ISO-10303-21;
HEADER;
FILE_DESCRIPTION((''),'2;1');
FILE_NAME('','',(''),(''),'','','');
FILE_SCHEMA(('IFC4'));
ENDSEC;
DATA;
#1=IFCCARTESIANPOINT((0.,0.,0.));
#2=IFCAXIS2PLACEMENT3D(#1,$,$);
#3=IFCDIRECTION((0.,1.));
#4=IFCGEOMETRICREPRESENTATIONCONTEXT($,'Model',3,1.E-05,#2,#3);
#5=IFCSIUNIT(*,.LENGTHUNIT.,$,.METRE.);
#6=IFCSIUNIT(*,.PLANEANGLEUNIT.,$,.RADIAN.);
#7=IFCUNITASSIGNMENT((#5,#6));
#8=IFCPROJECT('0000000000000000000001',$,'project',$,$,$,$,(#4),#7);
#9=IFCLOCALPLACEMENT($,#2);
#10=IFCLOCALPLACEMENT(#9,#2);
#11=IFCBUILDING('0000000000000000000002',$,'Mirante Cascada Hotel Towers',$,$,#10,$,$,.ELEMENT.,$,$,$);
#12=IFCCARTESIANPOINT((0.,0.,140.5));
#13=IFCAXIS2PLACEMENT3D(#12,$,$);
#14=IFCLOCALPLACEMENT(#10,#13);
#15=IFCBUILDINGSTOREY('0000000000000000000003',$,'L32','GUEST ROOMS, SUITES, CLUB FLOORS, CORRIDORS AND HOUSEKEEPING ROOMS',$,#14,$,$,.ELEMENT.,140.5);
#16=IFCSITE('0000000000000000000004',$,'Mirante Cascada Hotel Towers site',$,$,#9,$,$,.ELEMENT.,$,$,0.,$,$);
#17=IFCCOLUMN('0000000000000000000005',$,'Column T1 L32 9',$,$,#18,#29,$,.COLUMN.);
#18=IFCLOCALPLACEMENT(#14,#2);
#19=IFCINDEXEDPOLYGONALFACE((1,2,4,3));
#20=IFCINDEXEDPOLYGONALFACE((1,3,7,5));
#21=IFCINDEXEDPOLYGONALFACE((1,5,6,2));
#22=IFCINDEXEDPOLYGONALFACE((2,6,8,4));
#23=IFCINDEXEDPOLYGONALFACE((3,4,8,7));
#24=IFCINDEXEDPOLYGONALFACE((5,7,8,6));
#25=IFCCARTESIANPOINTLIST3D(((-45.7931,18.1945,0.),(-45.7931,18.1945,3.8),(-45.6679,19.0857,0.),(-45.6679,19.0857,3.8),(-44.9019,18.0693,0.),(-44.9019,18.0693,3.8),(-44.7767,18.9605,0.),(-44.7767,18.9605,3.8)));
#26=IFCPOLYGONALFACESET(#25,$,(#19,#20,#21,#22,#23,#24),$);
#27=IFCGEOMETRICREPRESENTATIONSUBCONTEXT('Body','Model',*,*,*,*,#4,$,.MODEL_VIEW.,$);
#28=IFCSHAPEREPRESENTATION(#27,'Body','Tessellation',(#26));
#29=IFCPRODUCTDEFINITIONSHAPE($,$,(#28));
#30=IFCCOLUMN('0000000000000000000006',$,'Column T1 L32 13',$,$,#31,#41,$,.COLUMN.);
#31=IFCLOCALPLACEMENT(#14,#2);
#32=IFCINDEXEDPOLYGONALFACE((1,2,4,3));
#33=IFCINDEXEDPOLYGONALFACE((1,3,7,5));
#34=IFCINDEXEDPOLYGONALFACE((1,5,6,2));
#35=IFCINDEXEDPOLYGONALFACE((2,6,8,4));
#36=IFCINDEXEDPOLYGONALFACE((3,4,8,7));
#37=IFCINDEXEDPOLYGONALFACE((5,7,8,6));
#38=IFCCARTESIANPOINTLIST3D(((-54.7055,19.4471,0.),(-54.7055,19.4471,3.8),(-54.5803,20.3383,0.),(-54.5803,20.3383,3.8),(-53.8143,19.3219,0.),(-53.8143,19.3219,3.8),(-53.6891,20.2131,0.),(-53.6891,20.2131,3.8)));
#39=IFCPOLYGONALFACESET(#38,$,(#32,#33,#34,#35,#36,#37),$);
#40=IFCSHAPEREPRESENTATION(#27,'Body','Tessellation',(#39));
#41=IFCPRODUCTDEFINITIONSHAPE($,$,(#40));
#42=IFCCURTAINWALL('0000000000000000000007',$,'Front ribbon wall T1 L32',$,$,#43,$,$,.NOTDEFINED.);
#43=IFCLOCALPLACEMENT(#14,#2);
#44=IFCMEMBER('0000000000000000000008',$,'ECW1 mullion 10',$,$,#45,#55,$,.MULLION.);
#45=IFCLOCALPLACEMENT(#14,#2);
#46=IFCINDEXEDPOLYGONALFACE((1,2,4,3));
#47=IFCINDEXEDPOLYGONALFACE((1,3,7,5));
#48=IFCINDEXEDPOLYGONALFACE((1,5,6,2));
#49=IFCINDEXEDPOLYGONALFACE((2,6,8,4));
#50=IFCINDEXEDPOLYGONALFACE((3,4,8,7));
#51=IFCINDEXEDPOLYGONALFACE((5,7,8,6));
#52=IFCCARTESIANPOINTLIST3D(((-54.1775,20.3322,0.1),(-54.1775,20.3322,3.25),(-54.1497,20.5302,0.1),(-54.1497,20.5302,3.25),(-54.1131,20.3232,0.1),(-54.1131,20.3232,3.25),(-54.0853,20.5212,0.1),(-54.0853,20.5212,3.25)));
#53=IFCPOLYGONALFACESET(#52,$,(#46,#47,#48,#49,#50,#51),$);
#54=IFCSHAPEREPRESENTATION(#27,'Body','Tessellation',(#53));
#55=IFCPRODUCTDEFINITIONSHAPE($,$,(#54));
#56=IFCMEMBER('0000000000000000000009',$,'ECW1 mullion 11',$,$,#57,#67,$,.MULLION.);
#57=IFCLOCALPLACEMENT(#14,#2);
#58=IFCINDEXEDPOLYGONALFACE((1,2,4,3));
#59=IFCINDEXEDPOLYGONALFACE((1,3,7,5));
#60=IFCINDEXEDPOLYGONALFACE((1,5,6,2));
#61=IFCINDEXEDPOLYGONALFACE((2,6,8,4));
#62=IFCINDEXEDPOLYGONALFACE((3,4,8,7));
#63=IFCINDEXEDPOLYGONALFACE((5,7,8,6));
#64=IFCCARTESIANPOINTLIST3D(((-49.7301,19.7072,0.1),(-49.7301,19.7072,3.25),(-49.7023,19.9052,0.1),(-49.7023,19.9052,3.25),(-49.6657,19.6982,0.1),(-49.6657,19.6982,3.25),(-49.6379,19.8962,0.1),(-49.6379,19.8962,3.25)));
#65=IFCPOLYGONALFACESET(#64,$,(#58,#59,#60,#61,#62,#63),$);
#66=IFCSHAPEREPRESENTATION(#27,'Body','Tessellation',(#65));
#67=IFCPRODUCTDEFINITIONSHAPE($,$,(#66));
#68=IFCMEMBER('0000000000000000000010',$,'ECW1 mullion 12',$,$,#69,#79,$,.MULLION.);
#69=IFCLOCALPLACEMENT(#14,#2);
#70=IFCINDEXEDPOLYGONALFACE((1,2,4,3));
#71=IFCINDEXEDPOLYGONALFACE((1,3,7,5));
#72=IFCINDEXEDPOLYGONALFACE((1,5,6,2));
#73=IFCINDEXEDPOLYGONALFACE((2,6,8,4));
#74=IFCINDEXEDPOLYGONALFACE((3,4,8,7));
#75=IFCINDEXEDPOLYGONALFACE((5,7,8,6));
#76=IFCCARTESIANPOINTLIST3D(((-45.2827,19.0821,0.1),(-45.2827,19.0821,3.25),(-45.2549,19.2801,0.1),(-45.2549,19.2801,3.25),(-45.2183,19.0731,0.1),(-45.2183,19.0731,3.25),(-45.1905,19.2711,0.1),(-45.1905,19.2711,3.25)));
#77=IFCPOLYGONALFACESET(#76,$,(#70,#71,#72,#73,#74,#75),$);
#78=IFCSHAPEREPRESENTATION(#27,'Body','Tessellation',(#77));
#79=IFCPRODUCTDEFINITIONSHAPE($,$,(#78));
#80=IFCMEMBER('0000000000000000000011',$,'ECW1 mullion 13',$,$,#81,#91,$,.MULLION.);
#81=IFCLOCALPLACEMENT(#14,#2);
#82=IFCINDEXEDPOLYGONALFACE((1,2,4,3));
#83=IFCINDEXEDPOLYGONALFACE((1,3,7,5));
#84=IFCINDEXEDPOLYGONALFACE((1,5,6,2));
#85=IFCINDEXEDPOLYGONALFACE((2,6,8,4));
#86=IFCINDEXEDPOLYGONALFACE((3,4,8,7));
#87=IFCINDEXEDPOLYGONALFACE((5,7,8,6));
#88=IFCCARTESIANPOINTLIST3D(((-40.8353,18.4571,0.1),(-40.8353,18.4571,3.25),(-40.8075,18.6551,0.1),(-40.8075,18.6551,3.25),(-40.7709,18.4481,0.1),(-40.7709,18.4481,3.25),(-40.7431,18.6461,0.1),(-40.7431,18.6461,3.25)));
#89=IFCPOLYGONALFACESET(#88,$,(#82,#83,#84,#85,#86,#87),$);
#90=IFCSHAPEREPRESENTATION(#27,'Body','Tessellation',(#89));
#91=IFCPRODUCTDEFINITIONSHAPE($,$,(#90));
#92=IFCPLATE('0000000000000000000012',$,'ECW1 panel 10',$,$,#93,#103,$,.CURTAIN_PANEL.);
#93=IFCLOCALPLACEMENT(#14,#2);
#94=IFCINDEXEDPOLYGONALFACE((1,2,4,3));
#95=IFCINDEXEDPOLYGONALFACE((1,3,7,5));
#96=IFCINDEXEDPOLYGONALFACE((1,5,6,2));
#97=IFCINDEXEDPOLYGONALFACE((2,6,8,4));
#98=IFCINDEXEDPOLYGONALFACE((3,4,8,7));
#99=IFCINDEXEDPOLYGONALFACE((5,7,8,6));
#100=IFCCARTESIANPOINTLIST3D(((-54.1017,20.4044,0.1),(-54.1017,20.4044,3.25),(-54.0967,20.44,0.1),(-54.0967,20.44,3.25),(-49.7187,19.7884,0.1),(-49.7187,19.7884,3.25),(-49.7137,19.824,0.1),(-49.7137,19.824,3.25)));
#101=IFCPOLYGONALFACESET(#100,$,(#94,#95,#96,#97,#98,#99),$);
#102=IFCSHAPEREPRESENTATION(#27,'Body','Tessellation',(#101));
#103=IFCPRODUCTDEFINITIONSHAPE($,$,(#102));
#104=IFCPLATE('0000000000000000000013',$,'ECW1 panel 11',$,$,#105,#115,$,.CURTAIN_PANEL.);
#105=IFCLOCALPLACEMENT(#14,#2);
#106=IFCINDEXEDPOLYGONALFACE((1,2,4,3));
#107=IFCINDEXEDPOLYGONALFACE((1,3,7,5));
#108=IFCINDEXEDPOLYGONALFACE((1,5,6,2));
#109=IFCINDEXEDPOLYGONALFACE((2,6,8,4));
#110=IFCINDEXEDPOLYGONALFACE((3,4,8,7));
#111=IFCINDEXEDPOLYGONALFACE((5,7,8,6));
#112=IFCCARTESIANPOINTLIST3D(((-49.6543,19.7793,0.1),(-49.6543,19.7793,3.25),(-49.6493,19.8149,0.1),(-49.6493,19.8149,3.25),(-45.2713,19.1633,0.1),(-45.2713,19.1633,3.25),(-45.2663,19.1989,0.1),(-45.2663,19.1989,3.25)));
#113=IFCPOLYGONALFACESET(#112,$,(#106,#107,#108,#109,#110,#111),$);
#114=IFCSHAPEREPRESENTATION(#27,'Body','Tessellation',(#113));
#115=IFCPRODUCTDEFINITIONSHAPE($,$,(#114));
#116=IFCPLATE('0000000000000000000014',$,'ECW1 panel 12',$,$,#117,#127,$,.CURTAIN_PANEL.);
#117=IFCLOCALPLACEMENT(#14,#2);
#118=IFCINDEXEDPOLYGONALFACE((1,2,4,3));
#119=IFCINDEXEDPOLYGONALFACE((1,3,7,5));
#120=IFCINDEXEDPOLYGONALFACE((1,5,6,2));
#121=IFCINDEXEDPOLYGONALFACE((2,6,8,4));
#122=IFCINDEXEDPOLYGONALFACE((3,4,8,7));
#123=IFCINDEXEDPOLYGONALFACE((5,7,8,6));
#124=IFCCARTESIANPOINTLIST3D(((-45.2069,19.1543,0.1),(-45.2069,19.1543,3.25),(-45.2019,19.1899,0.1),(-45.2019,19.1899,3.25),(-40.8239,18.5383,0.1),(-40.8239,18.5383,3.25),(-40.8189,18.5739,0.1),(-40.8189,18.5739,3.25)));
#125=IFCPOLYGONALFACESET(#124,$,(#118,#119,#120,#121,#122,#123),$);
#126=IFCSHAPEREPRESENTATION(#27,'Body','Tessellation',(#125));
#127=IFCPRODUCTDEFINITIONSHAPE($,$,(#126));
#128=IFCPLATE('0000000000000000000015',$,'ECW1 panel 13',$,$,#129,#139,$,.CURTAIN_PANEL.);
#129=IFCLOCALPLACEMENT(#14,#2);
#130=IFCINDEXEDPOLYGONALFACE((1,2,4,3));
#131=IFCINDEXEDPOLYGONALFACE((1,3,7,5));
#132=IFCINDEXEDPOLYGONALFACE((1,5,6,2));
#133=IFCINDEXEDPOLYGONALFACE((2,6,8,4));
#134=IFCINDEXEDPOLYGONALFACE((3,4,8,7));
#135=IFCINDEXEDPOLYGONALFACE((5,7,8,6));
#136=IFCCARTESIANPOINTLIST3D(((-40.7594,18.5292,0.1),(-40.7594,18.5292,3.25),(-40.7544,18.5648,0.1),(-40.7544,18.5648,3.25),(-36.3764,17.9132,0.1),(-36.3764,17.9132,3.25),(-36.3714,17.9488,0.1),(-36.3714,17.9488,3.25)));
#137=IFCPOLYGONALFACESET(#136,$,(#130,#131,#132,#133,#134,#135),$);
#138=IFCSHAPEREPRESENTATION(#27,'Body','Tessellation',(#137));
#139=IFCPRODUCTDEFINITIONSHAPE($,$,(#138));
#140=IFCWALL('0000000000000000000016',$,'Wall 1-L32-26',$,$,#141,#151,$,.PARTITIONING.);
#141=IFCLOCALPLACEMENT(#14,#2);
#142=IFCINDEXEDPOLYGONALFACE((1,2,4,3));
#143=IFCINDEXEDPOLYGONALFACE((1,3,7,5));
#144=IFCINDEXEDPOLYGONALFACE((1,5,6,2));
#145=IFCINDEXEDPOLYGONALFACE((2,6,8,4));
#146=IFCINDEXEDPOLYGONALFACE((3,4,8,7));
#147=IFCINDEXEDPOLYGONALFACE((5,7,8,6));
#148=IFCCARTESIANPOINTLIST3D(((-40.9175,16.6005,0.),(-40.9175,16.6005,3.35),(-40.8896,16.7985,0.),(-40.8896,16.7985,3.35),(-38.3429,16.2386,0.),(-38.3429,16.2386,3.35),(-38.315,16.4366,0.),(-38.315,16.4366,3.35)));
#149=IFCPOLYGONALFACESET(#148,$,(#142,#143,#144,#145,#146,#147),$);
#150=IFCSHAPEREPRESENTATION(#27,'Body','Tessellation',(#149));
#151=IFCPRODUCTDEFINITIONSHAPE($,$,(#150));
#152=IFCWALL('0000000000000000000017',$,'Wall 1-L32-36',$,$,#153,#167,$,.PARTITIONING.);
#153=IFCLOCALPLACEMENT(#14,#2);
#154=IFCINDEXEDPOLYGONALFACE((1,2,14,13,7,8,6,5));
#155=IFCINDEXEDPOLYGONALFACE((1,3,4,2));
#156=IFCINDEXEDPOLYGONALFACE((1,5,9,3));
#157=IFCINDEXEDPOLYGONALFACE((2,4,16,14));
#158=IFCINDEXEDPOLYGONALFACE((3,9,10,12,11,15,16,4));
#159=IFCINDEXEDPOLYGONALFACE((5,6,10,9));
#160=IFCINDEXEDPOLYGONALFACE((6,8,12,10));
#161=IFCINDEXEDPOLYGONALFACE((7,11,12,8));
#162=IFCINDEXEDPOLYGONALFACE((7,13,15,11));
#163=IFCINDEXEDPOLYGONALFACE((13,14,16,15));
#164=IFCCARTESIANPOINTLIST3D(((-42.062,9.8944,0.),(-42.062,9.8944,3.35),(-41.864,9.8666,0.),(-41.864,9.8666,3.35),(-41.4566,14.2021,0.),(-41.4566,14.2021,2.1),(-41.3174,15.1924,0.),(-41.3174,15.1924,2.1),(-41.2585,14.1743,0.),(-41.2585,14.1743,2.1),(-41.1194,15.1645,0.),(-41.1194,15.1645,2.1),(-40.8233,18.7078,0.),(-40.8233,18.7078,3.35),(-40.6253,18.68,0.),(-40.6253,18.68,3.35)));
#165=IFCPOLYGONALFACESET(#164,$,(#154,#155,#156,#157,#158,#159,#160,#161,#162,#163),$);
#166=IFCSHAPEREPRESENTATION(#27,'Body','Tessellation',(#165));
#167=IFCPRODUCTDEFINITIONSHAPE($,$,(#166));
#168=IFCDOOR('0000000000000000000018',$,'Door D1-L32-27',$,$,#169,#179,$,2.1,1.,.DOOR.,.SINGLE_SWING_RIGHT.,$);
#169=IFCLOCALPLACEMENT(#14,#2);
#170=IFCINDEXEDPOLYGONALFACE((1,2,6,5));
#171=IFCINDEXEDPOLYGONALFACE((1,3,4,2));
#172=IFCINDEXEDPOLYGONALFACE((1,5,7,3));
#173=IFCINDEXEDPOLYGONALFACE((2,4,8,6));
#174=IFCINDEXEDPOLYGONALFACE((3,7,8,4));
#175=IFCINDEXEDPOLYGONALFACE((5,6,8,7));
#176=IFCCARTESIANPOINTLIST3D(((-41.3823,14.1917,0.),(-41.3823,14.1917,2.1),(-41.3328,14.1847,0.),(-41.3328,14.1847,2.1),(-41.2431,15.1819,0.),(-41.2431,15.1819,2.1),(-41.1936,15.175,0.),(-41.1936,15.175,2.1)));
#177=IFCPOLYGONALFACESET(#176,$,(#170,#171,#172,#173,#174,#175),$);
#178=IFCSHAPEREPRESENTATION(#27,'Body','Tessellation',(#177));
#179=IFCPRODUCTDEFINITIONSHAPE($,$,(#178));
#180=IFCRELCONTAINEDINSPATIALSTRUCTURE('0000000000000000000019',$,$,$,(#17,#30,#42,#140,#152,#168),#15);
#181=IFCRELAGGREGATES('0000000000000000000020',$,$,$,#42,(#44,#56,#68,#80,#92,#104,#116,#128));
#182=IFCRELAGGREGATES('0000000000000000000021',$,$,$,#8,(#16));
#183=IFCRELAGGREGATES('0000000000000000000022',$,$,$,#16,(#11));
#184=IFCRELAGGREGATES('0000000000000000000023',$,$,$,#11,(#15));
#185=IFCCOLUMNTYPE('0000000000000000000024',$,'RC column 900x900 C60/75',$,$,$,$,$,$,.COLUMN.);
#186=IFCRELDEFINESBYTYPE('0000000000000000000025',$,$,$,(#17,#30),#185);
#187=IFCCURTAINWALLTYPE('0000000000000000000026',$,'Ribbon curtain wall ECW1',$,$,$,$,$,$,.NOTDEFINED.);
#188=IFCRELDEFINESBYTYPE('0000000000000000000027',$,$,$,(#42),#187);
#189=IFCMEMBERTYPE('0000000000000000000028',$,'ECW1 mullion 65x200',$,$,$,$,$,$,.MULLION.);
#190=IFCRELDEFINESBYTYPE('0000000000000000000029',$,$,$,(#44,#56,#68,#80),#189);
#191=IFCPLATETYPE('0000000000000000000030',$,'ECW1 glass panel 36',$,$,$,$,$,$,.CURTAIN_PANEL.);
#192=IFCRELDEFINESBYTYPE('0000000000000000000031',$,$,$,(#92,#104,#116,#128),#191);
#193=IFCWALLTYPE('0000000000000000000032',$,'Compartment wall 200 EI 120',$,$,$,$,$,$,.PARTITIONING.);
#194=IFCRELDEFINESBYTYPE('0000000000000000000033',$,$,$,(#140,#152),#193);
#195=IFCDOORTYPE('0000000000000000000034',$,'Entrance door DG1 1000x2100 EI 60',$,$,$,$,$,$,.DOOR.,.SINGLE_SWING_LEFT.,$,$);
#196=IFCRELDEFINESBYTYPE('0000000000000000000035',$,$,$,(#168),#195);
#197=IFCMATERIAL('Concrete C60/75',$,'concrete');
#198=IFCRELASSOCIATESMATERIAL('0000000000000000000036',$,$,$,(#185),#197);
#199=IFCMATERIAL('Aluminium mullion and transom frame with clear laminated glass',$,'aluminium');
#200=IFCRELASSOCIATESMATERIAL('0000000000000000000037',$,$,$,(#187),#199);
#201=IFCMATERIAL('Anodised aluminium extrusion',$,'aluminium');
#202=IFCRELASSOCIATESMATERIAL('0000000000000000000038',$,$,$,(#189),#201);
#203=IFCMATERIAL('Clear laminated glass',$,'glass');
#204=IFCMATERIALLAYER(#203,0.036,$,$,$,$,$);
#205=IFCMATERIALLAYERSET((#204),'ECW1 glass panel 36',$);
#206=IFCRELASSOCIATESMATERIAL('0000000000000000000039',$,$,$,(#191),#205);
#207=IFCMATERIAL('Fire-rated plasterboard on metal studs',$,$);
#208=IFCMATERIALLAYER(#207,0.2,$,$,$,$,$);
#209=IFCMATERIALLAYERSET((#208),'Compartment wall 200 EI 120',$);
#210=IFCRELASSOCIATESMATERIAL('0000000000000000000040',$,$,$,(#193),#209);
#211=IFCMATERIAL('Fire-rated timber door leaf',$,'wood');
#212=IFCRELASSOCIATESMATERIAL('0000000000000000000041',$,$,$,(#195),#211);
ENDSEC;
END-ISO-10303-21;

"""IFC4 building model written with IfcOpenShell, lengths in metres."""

from ifc_helpers import new_model, si_unit, direction, frame, frame_2d, origin, origin_2d, place, context, subcontext, project, spatial, rectangle, extrude, material, layer, layer_set, material_profile, profile_set, type_object, element, fill, aggregate, save


model = new_model("IFC4")

# Units and contexts
model_context = context("Model", 3, precision=1e-05, world=origin(), true_north=direction((0.0, 1.0)))
body_context = subcontext(model_context, "Body", "Model", "MODEL_VIEW")
ifc_project = project(units=[si_unit("LENGTHUNIT", "METRE"), si_unit("PLANEANGLEUNIT", "RADIAN")], contexts=[model_context])

# Site, building, storey
site_placement = place(None, origin())
site = spatial("IfcSite", under=ifc_project, at=site_placement, Name="Mirante Cascada Hotel Towers site", CompositionType="ELEMENT", RefElevation=0.0)
building_placement = place(site_placement, origin())
building = spatial("IfcBuilding", under=site, at=building_placement, Name="Mirante Cascada Hotel Towers", CompositionType="ELEMENT")
storey_placement = place(building_placement, frame((0.0, 0.0, 140.5)))
storey = spatial("IfcBuildingStorey", under=building, at=storey_placement, Name="L32", Description="GUEST ROOMS, SUITES, CLUB FLOORS, CORRIDORS AND HOUSEKEEPING ROOMS", CompositionType="ELEMENT", Elevation=140.5)

# Columns
ifc_material_1 = material(Name="Concrete C60/75", Category="concrete")
ifc_material_profile_1 = material_profile(ifc_material_1, rectangle(XDim=0.9, YDim=0.9, at=origin_2d()), Name="RC column 900x900 C60/75")
ifc_profile_set_1 = profile_set([ifc_material_profile_1], Name="Concrete C60/75")
column_type = type_object("IfcColumnType", Name="RC column 900x900 C60/75", PredefinedType="COLUMN", material=ifc_profile_set_1)
for number, where, z_axis, x_axis, name in (
    (1, (-45.2849, 18.5775, 0.0), (0.0, 0.0, 1.0), (-0.990268, 0.139173, 0.0), "Column T1 L32 9"),
    (2, (-54.1973, 19.8301, 0.0), (0.0, 0.0, 1.0), (-0.990268, 0.139173, 0.0), "Column T1 L32 13"),
):
    element("IfcColumn", number, at=place(storey_placement, frame(where, z_axis=z_axis, x_axis=x_axis)), inside=storey, type_object=column_type, Name=name, PredefinedType="COLUMN", context=body_context, shape_type="SweptSolid", body=[
        extrude(rectangle(XDim=0.9, YDim=0.9, at=origin_2d()), origin(), (0.0, 0.0, 1.0), 3.8),
    ])

# Curtain wall, members, plates
ifc_material_2 = material(Name="Aluminium mullion and transom frame with clear laminated glass", Category="aluminium")
curtain_wall_type = type_object("IfcCurtainWallType", Name="Ribbon curtain wall ECW1", PredefinedType="NOTDEFINED", material=ifc_material_2)
curtain_wall_placement = place(storey_placement, origin())
curtain_wall = element("IfcCurtainWall", 3, at=curtain_wall_placement, inside=storey, type_object=curtain_wall_type, Name="Front ribbon wall T1 L32", PredefinedType="NOTDEFINED")
ifc_material_3 = material(Name="Anodised aluminium extrusion", Category="aluminium")
ifc_material_profile_2 = material_profile(ifc_material_3, rectangle(XDim=0.2, YDim=0.065, at=origin_2d()), Name="ECW1 MULLION 65x200")
ifc_profile_set_2 = profile_set([ifc_material_profile_2], Name="Anodised aluminium extrusion")
member_type = type_object("IfcMemberType", Name="ECW1 mullion 65x200", PredefinedType="MULLION", material=ifc_profile_set_2)
member_1_placement = place(storey_placement, frame((-54.1314, 20.4267, 0.1), z_axis=(0.0, 0.0, 1.0), x_axis=(0.139173, 0.990268, 0.0)))
member_1 = element("IfcMember", 4, at=member_1_placement, type_object=member_type, Name="ECW1 mullion 10", PredefinedType="MULLION", context=body_context, shape_type="SweptSolid", body=[
    extrude(rectangle(XDim=0.2, YDim=0.065, at=origin_2d()), origin(), (0.0, 0.0, 1.0), 3.15),
])
member_2_placement = place(storey_placement, frame((-49.684, 19.8017, 0.1), z_axis=(0.0, 0.0, 1.0), x_axis=(0.139173, 0.990268, 0.0)))
member_2 = element("IfcMember", 5, at=member_2_placement, type_object=member_type, Name="ECW1 mullion 11", PredefinedType="MULLION", context=body_context, shape_type="SweptSolid", body=[
    extrude(rectangle(XDim=0.2, YDim=0.065, at=origin_2d()), origin(), (0.0, 0.0, 1.0), 3.15),
])
member_3_placement = place(storey_placement, frame((-45.2366, 19.1766, 0.1), z_axis=(0.0, 0.0, 1.0), x_axis=(0.139173, 0.990268, 0.0)))
member_3 = element("IfcMember", 6, at=member_3_placement, type_object=member_type, Name="ECW1 mullion 12", PredefinedType="MULLION", context=body_context, shape_type="SweptSolid", body=[
    extrude(rectangle(XDim=0.2, YDim=0.065, at=origin_2d()), origin(), (0.0, 0.0, 1.0), 3.15),
])
member_4_placement = place(storey_placement, frame((-40.7892, 18.5516, 0.1), z_axis=(0.0, 0.0, 1.0), x_axis=(0.139173, 0.990268, 0.0)))
member_4 = element("IfcMember", 7, at=member_4_placement, type_object=member_type, Name="ECW1 mullion 13", PredefinedType="MULLION", context=body_context, shape_type="SweptSolid", body=[
    extrude(rectangle(XDim=0.2, YDim=0.065, at=origin_2d()), origin(), (0.0, 0.0, 1.0), 3.15),
])
ifc_material_4 = material(Name="Clear laminated glass", Category="glass")
ifc_layer_1 = layer(ifc_material_4, 0.036)
ifc_layer_set_1 = layer_set([ifc_layer_1], Name="ECW1 glass panel 36")
plate_type = type_object("IfcPlateType", Name="ECW1 glass panel 36", PredefinedType="CURTAIN_PANEL", material=ifc_layer_set_1)
plate_1_placement = place(storey_placement, frame((-51.9077, 20.1142, 0.1), z_axis=(0.0, 0.0, 1.0), x_axis=(0.990268, -0.139173, 0.0)))
plate_1 = element("IfcPlate", 8, at=plate_1_placement, type_object=plate_type, Name="ECW1 panel 10", PredefinedType="CURTAIN_PANEL", context=body_context, shape_type="SweptSolid", body=[
    extrude(rectangle(XDim=4.4261, YDim=0.036, at=origin_2d()), origin(), (0.0, 0.0, 1.0), 3.15),
])
plate_2_placement = place(storey_placement, frame((-47.4603, 19.4891, 0.1), z_axis=(0.0, 0.0, 1.0), x_axis=(0.990268, -0.139173, 0.0)))
plate_2 = element("IfcPlate", 9, at=plate_2_placement, type_object=plate_type, Name="ECW1 panel 11", PredefinedType="CURTAIN_PANEL", context=body_context, shape_type="SweptSolid", body=[
    extrude(rectangle(XDim=4.4261, YDim=0.036, at=origin_2d()), origin(), (0.0, 0.0, 1.0), 3.15),
])
plate_3_placement = place(storey_placement, frame((-43.0129, 18.8641, 0.1), z_axis=(0.0, 0.0, 1.0), x_axis=(0.990268, -0.139173, 0.0)))
plate_3 = element("IfcPlate", 10, at=plate_3_placement, type_object=plate_type, Name="ECW1 panel 12", PredefinedType="CURTAIN_PANEL", context=body_context, shape_type="SweptSolid", body=[
    extrude(rectangle(XDim=4.4261, YDim=0.036, at=origin_2d()), origin(), (0.0, 0.0, 1.0), 3.15),
])
plate_4_placement = place(storey_placement, frame((-38.5654, 18.239, 0.1), z_axis=(0.0, 0.0, 1.0), x_axis=(0.990268, -0.139173, 0.0)))
plate_4 = element("IfcPlate", 11, at=plate_4_placement, type_object=plate_type, Name="ECW1 panel 13", PredefinedType="CURTAIN_PANEL", context=body_context, shape_type="SweptSolid", body=[
    extrude(rectangle(XDim=4.4261, YDim=0.036, at=origin_2d()), origin(), (0.0, 0.0, 1.0), 3.15),
])
aggregate(curtain_wall, [member_1, member_2, member_3, member_4, plate_1, plate_2, plate_3, plate_4])

# Wall
ifc_material_5 = material(Name="Fire-rated plasterboard on metal studs")
ifc_layer_2 = layer(ifc_material_5, 0.2)
ifc_layer_set_2 = layer_set([ifc_layer_2], Name="Compartment wall 200 EI 120")
wall_type_1 = type_object("IfcWallType", Name="Compartment wall 200 EI 120", PredefinedType="PARTITIONING", material=ifc_layer_set_2)
wall_1_placement = place(storey_placement, frame((-40.9036, 16.6995, 0.0), z_axis=(0.0, 0.0, 1.0), x_axis=(0.990265, -0.139197, 0.0)))
element("IfcWall", 12, at=wall_1_placement, inside=storey, type_object=wall_type_1, Name="Wall 1-L32-26", PredefinedType="PARTITIONING", context=body_context, shape_type="SweptSolid", body=[
    extrude(rectangle(XDim=2.5999, YDim=0.2, at=frame_2d((1.3, 0.0))), origin(), (0.0, 0.0, 1.0), 3.35),
])

# Wall, opening, door
wall_2_placement = place(storey_placement, frame((-40.7243, 18.6939, 0.0), z_axis=(0.0, 0.0, 1.0), x_axis=(-0.139179, -0.990267, 0.0)))
wall_2 = element("IfcWall", 13, at=wall_2_placement, inside=storey, type_object=wall_type_1, Name="Wall 1-L32-36", PredefinedType="PARTITIONING", context=body_context, shape_type="SweptSolid", body=[
    extrude(rectangle(XDim=8.9, YDim=0.2, at=frame_2d((4.45, 0.0))), origin(), (0.0, 0.0, 1.0), 3.35),
])
opening_1_placement = place(wall_2_placement, frame((3.55, 0.0, 0.0)))
opening_1 = element("IfcOpeningElement", 14, at=opening_1_placement, cuts=wall_2, PredefinedType="OPENING", context=body_context, shape_type="SweptSolid", body=[
    extrude(rectangle(XDim=1.0, YDim=2.1, at=frame_2d((0.5, 1.05))), frame((0.0, 0.1, 0.0), z_axis=(0.0, -1.0, 0.0), x_axis=(1.0, 0.0, 0.0)), (0.0, 0.0, 1.0), 0.2),
])
ifc_material_6 = material(Name="Fire-rated timber door leaf", Category="wood")
door_type_1 = type_object("IfcDoorType", Name="Entrance door DG1 1000x2100 EI 60", OperationType="SINGLE_SWING_LEFT", PredefinedType="DOOR", material=ifc_material_6)
door_1_placement = place(opening_1_placement, frame((1.0, 0.0, 0.0), z_axis=(0.0, 0.0, 1.0), x_axis=(-1.0, 0.0, 0.0)))
door_1 = element("IfcDoor", 15, at=door_1_placement, inside=storey, type_object=door_type_1, Name="Door D1-L32-27", OperationType="SINGLE_SWING_RIGHT", OverallHeight=2.1, OverallWidth=1.0, PredefinedType="DOOR", context=body_context, shape_type="SweptSolid", body=[
    extrude(rectangle(XDim=1.0, YDim=2.1, at=frame_2d((0.5, 1.05))), frame((0.0, 0.025, 0.0), z_axis=(0.0, -1.0, 0.0), x_axis=(1.0, 0.0, 0.0)), (0.0, 0.0, 1.0), 0.05),
])
fill(opening_1, door_1)

save(model, "model.ifc")
